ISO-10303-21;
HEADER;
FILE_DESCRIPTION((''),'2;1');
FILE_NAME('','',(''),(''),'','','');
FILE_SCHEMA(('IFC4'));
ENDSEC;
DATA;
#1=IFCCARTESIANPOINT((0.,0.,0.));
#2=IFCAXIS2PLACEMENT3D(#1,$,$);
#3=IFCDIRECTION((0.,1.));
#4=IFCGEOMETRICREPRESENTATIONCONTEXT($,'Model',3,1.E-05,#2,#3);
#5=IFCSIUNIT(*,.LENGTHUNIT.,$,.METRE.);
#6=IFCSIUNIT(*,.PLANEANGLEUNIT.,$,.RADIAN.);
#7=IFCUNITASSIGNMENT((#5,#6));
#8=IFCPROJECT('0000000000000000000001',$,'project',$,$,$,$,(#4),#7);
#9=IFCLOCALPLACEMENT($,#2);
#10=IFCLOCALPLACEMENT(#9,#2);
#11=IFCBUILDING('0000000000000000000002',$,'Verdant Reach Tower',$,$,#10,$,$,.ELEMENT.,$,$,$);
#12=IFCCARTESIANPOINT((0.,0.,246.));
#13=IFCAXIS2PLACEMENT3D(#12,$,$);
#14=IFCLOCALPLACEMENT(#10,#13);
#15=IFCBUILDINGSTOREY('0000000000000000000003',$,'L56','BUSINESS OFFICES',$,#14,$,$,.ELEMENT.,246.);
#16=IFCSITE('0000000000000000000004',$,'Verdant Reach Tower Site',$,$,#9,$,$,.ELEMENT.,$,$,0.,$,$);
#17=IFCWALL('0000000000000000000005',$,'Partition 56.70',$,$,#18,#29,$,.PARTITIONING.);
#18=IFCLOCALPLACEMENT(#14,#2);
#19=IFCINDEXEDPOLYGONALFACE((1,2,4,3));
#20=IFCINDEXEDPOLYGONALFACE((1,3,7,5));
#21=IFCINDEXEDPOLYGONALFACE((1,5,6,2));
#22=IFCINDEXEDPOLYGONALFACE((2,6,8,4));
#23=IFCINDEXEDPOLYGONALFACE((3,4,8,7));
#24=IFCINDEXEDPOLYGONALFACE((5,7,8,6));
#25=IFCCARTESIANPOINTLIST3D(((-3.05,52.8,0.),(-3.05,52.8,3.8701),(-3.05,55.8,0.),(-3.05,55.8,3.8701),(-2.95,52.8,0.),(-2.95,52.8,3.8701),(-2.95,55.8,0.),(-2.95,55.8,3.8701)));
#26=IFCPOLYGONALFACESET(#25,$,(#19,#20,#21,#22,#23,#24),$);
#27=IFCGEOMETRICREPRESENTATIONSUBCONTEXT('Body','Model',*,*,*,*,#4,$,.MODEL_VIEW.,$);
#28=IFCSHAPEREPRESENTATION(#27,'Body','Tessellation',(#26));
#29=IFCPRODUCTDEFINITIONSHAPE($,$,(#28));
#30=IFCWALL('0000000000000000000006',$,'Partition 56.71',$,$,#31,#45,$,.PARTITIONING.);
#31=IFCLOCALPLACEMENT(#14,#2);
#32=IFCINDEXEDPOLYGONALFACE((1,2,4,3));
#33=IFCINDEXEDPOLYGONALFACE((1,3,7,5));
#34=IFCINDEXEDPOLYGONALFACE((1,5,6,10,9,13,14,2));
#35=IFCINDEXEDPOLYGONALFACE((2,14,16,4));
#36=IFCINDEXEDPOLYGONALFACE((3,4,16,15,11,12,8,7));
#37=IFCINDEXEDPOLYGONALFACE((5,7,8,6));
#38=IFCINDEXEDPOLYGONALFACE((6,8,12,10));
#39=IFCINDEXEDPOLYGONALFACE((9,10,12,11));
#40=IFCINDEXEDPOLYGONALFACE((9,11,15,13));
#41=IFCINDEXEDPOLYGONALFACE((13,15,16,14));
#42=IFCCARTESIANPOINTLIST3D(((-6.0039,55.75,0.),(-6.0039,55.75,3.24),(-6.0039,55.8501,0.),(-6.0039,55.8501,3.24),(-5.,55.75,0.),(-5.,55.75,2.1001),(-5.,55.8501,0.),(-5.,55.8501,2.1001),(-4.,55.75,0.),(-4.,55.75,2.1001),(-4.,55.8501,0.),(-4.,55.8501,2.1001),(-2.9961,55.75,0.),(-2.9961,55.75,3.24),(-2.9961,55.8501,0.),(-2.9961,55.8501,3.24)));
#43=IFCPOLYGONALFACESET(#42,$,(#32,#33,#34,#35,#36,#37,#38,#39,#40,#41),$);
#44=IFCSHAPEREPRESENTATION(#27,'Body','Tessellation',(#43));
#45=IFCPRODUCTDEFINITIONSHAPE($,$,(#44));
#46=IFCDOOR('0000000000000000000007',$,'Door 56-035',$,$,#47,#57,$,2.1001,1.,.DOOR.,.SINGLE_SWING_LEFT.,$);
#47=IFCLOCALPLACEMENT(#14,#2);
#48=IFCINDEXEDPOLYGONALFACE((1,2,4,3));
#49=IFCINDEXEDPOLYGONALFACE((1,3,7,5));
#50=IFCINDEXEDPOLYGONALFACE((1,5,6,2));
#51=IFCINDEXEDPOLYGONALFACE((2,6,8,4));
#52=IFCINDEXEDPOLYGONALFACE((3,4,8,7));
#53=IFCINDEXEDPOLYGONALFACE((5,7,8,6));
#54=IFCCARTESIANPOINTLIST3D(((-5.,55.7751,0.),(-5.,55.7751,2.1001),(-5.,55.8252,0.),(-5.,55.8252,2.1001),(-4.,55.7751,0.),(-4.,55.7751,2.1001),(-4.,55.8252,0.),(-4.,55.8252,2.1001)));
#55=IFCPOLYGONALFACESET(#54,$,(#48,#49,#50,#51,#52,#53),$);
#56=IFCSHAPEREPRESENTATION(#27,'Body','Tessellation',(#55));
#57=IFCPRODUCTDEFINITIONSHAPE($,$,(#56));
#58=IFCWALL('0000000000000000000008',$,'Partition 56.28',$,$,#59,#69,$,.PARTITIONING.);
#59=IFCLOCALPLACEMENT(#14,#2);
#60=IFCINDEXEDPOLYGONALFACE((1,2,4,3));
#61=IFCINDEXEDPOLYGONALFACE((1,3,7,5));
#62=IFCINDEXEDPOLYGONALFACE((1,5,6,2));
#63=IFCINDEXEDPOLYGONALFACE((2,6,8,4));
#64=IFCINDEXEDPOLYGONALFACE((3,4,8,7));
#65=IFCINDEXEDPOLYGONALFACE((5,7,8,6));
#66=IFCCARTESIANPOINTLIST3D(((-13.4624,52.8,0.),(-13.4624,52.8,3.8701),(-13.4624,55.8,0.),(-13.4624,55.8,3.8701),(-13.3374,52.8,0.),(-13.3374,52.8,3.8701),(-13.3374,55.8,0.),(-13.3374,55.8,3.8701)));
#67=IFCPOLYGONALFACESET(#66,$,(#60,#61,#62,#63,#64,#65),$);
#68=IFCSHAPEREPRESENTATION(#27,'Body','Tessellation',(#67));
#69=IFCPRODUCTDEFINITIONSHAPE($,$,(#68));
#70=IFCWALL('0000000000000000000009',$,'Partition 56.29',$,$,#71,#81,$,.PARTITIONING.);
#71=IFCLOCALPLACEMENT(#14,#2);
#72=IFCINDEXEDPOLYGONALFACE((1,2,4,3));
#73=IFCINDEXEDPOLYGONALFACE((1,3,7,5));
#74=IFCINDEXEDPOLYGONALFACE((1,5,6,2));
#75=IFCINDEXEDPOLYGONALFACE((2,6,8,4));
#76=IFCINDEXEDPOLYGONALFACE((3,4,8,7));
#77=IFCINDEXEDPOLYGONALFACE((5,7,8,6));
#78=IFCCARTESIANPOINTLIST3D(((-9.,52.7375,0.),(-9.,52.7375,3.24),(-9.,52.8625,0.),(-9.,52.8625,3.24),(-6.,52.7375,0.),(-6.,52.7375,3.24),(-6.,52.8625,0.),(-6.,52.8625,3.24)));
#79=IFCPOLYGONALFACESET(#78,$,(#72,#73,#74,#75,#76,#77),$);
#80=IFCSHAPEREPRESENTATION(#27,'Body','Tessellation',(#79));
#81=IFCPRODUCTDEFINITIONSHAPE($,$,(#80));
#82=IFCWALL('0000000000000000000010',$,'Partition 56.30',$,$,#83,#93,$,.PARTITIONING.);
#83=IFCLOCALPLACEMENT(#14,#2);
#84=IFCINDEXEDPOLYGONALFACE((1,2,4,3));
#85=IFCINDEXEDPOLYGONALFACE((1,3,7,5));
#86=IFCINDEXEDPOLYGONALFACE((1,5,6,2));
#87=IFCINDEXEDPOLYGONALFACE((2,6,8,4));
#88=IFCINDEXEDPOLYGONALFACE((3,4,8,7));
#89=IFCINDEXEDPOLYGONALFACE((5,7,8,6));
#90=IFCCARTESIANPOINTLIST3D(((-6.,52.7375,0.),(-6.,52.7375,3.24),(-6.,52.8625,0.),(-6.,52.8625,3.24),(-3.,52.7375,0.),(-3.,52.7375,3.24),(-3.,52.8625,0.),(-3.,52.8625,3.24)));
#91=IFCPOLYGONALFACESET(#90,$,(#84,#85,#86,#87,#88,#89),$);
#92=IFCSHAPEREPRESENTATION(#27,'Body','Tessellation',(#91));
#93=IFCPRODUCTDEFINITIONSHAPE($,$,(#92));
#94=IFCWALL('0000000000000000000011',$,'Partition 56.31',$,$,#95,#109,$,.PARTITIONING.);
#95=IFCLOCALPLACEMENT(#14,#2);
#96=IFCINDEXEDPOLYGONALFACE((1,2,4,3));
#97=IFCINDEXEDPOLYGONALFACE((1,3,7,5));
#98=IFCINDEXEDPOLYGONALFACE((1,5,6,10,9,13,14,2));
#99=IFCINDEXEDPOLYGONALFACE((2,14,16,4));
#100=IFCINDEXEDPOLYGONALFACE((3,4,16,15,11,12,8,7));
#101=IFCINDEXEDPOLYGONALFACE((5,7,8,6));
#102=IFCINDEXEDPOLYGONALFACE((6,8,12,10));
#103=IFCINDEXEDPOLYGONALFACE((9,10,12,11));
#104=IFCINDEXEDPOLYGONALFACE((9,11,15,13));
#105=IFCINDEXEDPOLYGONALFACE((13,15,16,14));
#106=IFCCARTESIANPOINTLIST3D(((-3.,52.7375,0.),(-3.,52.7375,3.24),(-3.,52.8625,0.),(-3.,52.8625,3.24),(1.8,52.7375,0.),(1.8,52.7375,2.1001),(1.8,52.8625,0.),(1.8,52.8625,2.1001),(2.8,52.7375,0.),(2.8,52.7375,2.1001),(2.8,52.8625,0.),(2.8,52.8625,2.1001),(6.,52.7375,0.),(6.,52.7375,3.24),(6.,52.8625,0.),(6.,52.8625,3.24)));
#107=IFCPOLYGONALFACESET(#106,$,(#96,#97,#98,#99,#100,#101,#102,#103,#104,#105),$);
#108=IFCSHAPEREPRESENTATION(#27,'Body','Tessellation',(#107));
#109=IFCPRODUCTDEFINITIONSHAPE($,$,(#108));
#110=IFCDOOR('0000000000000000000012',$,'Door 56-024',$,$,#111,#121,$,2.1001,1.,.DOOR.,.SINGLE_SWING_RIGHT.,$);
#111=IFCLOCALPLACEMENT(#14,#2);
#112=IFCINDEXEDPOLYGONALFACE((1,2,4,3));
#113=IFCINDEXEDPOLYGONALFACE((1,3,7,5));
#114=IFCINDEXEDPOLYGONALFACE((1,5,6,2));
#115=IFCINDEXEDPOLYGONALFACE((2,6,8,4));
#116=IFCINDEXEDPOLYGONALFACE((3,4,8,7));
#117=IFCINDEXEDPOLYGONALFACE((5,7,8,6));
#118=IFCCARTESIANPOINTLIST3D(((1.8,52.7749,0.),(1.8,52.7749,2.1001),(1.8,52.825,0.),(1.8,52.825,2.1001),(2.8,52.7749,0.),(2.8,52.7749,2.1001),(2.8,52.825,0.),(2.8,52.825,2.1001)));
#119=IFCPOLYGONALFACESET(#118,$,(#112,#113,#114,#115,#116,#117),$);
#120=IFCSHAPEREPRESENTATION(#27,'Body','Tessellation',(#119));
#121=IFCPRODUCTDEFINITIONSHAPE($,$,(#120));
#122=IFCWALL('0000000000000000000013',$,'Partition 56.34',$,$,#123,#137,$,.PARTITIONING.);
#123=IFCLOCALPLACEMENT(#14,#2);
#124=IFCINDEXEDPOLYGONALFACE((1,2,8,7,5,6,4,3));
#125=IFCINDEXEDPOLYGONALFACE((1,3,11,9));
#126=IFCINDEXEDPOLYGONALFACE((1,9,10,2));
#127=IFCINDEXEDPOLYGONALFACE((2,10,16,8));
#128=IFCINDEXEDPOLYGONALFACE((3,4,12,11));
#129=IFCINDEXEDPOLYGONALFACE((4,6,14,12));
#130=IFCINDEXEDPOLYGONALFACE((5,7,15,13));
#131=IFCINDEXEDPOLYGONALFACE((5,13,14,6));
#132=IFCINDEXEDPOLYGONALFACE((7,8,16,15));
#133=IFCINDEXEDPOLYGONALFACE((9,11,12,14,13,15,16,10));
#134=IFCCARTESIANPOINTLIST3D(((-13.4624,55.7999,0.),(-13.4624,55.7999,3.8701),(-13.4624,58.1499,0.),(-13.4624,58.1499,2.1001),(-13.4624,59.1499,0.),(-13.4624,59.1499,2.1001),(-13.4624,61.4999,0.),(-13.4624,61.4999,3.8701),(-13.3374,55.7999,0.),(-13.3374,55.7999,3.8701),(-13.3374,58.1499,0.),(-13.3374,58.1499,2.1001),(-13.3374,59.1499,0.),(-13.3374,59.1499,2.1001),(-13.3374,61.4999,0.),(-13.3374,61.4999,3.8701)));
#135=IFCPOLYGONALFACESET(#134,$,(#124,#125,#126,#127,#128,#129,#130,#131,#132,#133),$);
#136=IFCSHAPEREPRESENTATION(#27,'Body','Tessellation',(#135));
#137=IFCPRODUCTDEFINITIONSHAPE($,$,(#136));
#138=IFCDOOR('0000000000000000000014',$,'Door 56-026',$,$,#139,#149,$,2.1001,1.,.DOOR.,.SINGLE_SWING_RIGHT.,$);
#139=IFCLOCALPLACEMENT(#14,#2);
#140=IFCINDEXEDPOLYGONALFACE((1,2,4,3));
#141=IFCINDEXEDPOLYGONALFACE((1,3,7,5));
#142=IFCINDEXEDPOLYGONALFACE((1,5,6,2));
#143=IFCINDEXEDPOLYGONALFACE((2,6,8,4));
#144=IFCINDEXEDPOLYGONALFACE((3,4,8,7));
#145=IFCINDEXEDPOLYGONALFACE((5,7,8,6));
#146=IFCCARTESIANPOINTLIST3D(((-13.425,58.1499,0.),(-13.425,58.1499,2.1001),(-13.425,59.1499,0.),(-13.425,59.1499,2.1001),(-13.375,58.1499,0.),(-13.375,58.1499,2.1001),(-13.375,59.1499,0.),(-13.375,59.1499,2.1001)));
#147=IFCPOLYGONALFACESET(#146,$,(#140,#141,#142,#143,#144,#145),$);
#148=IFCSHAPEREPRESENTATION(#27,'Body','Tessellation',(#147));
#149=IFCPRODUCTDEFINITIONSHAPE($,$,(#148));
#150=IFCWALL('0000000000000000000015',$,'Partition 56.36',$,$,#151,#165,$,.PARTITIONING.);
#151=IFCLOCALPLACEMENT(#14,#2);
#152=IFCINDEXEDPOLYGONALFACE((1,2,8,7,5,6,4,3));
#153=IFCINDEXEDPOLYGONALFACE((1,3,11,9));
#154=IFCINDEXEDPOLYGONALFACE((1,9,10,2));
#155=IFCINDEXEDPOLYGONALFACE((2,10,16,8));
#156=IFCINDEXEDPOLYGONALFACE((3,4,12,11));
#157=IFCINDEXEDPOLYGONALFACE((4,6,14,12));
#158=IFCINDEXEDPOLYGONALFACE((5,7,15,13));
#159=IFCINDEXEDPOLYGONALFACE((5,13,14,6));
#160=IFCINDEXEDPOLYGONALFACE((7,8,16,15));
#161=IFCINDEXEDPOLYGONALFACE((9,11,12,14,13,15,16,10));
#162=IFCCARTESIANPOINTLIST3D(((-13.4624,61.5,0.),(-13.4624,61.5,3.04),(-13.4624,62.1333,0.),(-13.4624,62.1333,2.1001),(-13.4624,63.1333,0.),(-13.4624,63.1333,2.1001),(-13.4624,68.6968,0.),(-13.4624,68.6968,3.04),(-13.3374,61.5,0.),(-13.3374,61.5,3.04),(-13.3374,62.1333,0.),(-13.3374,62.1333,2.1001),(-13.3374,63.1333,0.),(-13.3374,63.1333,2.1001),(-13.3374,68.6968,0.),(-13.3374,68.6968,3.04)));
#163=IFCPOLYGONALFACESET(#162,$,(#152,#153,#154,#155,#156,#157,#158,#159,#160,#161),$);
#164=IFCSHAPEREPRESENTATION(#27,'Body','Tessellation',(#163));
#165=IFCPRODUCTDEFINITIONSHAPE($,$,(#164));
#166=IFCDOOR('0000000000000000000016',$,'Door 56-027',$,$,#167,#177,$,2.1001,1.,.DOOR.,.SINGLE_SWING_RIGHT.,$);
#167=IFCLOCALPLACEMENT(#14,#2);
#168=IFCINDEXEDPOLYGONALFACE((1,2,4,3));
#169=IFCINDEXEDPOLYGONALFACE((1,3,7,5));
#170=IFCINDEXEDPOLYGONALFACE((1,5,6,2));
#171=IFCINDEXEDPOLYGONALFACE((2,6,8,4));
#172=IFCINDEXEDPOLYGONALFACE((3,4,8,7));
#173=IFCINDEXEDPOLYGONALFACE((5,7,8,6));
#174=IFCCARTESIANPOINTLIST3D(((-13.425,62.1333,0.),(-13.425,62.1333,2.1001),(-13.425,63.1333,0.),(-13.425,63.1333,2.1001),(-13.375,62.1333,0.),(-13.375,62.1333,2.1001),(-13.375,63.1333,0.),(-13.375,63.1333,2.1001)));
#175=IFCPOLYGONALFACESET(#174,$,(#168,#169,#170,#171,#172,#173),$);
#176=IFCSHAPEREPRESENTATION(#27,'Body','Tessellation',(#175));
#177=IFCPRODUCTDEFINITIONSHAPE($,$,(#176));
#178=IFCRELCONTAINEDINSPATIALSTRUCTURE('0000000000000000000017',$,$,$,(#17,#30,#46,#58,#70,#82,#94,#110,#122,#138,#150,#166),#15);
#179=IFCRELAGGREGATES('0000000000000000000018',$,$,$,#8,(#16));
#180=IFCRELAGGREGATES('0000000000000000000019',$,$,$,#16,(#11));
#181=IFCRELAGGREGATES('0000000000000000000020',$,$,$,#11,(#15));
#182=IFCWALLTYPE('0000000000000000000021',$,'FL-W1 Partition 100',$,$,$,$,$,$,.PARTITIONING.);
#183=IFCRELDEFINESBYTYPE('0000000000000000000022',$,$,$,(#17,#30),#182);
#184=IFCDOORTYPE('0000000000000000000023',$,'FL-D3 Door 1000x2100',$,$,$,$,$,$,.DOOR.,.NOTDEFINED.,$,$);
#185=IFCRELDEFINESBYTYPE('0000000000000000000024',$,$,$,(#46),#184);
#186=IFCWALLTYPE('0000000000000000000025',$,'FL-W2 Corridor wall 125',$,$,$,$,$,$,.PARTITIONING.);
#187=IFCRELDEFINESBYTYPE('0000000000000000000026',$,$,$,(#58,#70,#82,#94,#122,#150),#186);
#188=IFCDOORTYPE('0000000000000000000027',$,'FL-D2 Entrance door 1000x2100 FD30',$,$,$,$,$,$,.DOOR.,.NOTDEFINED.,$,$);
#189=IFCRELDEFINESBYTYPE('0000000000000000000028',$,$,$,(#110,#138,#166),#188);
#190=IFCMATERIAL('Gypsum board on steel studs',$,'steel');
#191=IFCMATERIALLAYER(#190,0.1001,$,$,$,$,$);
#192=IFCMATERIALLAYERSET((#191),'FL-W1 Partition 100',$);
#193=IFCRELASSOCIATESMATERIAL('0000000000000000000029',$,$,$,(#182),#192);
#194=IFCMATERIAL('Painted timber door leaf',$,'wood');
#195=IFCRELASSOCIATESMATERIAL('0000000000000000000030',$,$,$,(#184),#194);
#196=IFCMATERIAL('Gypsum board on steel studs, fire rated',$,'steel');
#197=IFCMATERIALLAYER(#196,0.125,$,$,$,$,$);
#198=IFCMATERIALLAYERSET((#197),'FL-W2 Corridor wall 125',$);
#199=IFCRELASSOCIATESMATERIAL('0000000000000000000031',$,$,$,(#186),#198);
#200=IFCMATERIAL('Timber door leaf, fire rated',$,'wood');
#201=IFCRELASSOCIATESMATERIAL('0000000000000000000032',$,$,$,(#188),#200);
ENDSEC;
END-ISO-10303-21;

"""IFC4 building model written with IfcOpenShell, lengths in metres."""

from ifc_helpers import new_model, si_unit, direction, frame, frame_2d, origin, place, context, subcontext, project, spatial, rectangle, extrude, material, layer, layer_set, type_object, element, fill, save


model = new_model("IFC4")

# Units and contexts
model_context = context("Model", 3, precision=1e-05, world=origin(), true_north=direction((0.0, 1.0)))
body_context = subcontext(model_context, "Body", "Model", "MODEL_VIEW")
ifc_project = project(units=[si_unit("LENGTHUNIT", "METRE"), si_unit("PLANEANGLEUNIT", "RADIAN")], contexts=[model_context])

# Site, building, storey
site_placement = place(None, origin())
site = spatial("IfcSite", under=ifc_project, at=site_placement, Name="Verdant Reach Tower Site", CompositionType="ELEMENT", RefElevation=0.0)
building_placement = place(site_placement, origin())
building = spatial("IfcBuilding", under=site, at=building_placement, Name="Verdant Reach Tower", CompositionType="ELEMENT")
storey_placement = place(building_placement, frame((0.0, 0.0, 246.0)))
storey = spatial("IfcBuildingStorey", under=building, at=storey_placement, Name="L56", Description="BUSINESS OFFICES", CompositionType="ELEMENT", Elevation=246.0)

# Shared definitions
ifc_material_1 = material(Name="Gypsum board on steel studs", Category="steel")
ifc_layer_1 = layer(ifc_material_1, 0.1001)
ifc_layer_set_1 = layer_set([ifc_layer_1], Name="FL-W1 Partition 100")
wall_type_1 = type_object("IfcWallType", Name="FL-W1 Partition 100", PredefinedType="PARTITIONING", material=ifc_layer_set_1)

# Shared definitions
ifc_material_2 = material(Name="Painted timber door leaf", Category="wood")
door_type_1 = type_object("IfcDoorType", Name="FL-D3 Door 1000x2100", OperationType="NOTDEFINED", PredefinedType="DOOR", material=ifc_material_2)

# Wall
wall_1_placement = place(storey_placement, frame((-3.0, 52.8, 0.0), z_axis=(0.0, 0.0, 1.0), x_axis=(0.0, 1.0, 0.0)))
element("IfcWall", 1, at=wall_1_placement, inside=storey, type_object=wall_type_1, Name="Partition 56.70", PredefinedType="PARTITIONING", context=body_context, shape_type="SweptSolid", body=[
    extrude(rectangle(XDim=3.0, YDim=0.1001, at=frame_2d((1.5, 0.0))), origin(), (0.0, 0.0, 1.0), 3.8701),
])

# Wall, opening, door
wall_2_placement = place(storey_placement, frame((-2.9961, 55.8, 0.0), z_axis=(0.0, 0.0, 1.0), x_axis=(-1.0, 0.0, 0.0)))
wall_2 = element("IfcWall", 2, at=wall_2_placement, inside=storey, type_object=wall_type_1, Name="Partition 56.71", PredefinedType="PARTITIONING", context=body_context, shape_type="SweptSolid", body=[
    extrude(rectangle(XDim=3.0078, YDim=0.1001, at=frame_2d((1.5039, 0.0))), origin(), (0.0, 0.0, 1.0), 3.24),
])
opening_1_placement = place(wall_2_placement, frame((1.0039, 0.0, 0.0)))
opening_1 = element("IfcOpeningElement", 3, at=opening_1_placement, cuts=wall_2, PredefinedType="OPENING", context=body_context, shape_type="SweptSolid", body=[
    extrude(rectangle(XDim=1.0, YDim=2.1001, at=frame_2d((0.5, 1.05))), frame((0.0, 0.0601, 0.0), z_axis=(0.0, -1.0, 0.0), x_axis=(1.0, 0.0, 0.0)), (0.0, 0.0, 1.0), 0.1201),
])
door_1_placement = place(opening_1_placement, origin())
door_1 = element("IfcDoor", 4, at=door_1_placement, inside=storey, type_object=door_type_1, Name="Door 56-035", OperationType="SINGLE_SWING_LEFT", OverallHeight=2.1001, OverallWidth=1.0, PredefinedType="DOOR", context=body_context, shape_type="SweptSolid", body=[
    extrude(rectangle(XDim=1.0, YDim=2.1001, at=frame_2d((0.5, 1.05))), frame((0.0, 0.0249, 0.0), z_axis=(0.0, -1.0, 0.0), x_axis=(1.0, 0.0, 0.0)), (0.0, 0.0, 1.0), 0.05),
])
fill(opening_1, door_1)

# Walls
ifc_material_3 = material(Name="Gypsum board on steel studs, fire rated", Category="steel")
ifc_layer_2 = layer(ifc_material_3, 0.125)
ifc_layer_set_2 = layer_set([ifc_layer_2], Name="FL-W2 Corridor wall 125")
wall_type_2 = type_object("IfcWallType", Name="FL-W2 Corridor wall 125", PredefinedType="PARTITIONING", material=ifc_layer_set_2)
wall_3_placement = place(storey_placement, frame((-13.3999, 52.8, 0.0), z_axis=(0.0, 0.0, 1.0), x_axis=(0.0, 1.0, 0.0)))
element("IfcWall", 5, at=wall_3_placement, inside=storey, type_object=wall_type_2, Name="Partition 56.28", PredefinedType="PARTITIONING", context=body_context, shape_type="SweptSolid", body=[
    extrude(rectangle(XDim=3.0, YDim=0.125, at=frame_2d((1.5, 0.0))), origin(), (0.0, 0.0, 1.0), 3.8701),
])
for number, where, z_axis, x_axis, name in (
    (6, (-6.0, 52.8, 0.0), (0.0, 0.0, 1.0), (-1.0, 0.0, 0.0), "Partition 56.29"),
    (7, (-3.0, 52.8, 0.0), (0.0, 0.0, 1.0), (-1.0, 0.0, 0.0), "Partition 56.30"),
):
    element("IfcWall", number, at=place(storey_placement, frame(where, z_axis=z_axis, x_axis=x_axis)), inside=storey, type_object=wall_type_2, Name=name, PredefinedType="PARTITIONING", context=body_context, shape_type="SweptSolid", body=[
        extrude(rectangle(XDim=3.0, YDim=0.125, at=frame_2d((1.5, 0.0))), origin(), (0.0, 0.0, 1.0), 3.24),
    ])

# Walls, openings, doors
wall_4_placement = place(storey_placement, frame((-3.0, 52.8, 0.0), z_axis=(0.0, 0.0, 1.0), x_axis=(1.0, 0.0, 0.0)))
wall_4 = element("IfcWall", 8, at=wall_4_placement, inside=storey, type_object=wall_type_2, Name="Partition 56.31", PredefinedType="PARTITIONING", context=body_context, shape_type="SweptSolid", body=[
    extrude(rectangle(XDim=9.0, YDim=0.125, at=frame_2d((4.5, 0.0))), origin(), (0.0, 0.0, 1.0), 3.24),
])
opening_2_placement = place(wall_4_placement, frame((4.8, 0.0, 0.0)))
opening_2 = element("IfcOpeningElement", 9, at=opening_2_placement, cuts=wall_4, PredefinedType="OPENING", context=body_context, shape_type="SweptSolid", body=[
    extrude(rectangle(XDim=1.0, YDim=2.1001, at=frame_2d((0.5, 1.05))), frame((0.0, 0.0725, 0.0), z_axis=(0.0, -1.0, 0.0), x_axis=(1.0, 0.0, 0.0)), (0.0, 0.0, 1.0), 0.145),
])
ifc_material_4 = material(Name="Timber door leaf, fire rated", Category="wood")
door_type_2 = type_object("IfcDoorType", Name="FL-D2 Entrance door 1000x2100 FD30", OperationType="NOTDEFINED", PredefinedType="DOOR", material=ifc_material_4)
door_2_placement = place(opening_2_placement, origin())
door_2 = element("IfcDoor", 10, at=door_2_placement, inside=storey, type_object=door_type_2, Name="Door 56-024", OperationType="SINGLE_SWING_RIGHT", OverallHeight=2.1001, OverallWidth=1.0, PredefinedType="DOOR", context=body_context, shape_type="SweptSolid", body=[
    extrude(rectangle(XDim=1.0, YDim=2.1001, at=frame_2d((0.5, 1.05))), frame((0.0, 0.0249, 0.0), z_axis=(0.0, -1.0, 0.0), x_axis=(1.0, 0.0, 0.0)), (0.0, 0.0, 1.0), 0.05),
])
fill(opening_2, door_2)
wall_5_placement = place(storey_placement, frame((-13.3999, 61.5, 0.0), z_axis=(0.0, 0.0, 1.0), x_axis=(0.0, -1.0, 0.0)))
wall_5 = element("IfcWall", 11, at=wall_5_placement, inside=storey, type_object=wall_type_2, Name="Partition 56.34", PredefinedType="PARTITIONING", context=body_context, shape_type="SweptSolid", body=[
    extrude(rectangle(XDim=5.7, YDim=0.125, at=frame_2d((2.8501, 0.0))), origin(), (0.0, 0.0, 1.0), 3.8701),
])
opening_3_placement = place(wall_5_placement, frame((2.3501, 0.0, 0.0)))
opening_3 = element("IfcOpeningElement", 12, at=opening_3_placement, cuts=wall_5, PredefinedType="OPENING", context=body_context, shape_type="SweptSolid", body=[
    extrude(rectangle(XDim=1.0, YDim=2.1001, at=frame_2d((0.5, 1.05))), frame((0.0, 0.0725, 0.0), z_axis=(0.0, -1.0, 0.0), x_axis=(1.0, 0.0, 0.0)), (0.0, 0.0, 1.0), 0.145),
])
door_3_placement = place(opening_3_placement, origin())
door_3 = element("IfcDoor", 13, at=door_3_placement, inside=storey, type_object=door_type_2, Name="Door 56-026", OperationType="SINGLE_SWING_RIGHT", OverallHeight=2.1001, OverallWidth=1.0, PredefinedType="DOOR", context=body_context, shape_type="SweptSolid", body=[
    extrude(rectangle(XDim=1.0, YDim=2.1001, at=frame_2d((0.5, 1.05))), frame((0.0, 0.0249, 0.0), z_axis=(0.0, -1.0, 0.0), x_axis=(1.0, 0.0, 0.0)), (0.0, 0.0, 1.0), 0.05),
])
fill(opening_3, door_3)
wall_6_placement = place(storey_placement, frame((-13.3999, 68.6968, 0.0), z_axis=(0.0, 0.0, 1.0), x_axis=(0.0, -1.0, 0.0)))
wall_6 = element("IfcWall", 14, at=wall_6_placement, inside=storey, type_object=wall_type_2, Name="Partition 56.36", PredefinedType="PARTITIONING", context=body_context, shape_type="SweptSolid", body=[
    extrude(rectangle(XDim=7.1968, YDim=0.125, at=frame_2d((3.5984, 0.0))), origin(), (0.0, 0.0, 1.0), 3.04),
])
opening_4_placement = place(wall_6_placement, frame((5.5635, 0.0, 0.0)))
opening_4 = element("IfcOpeningElement", 15, at=opening_4_placement, cuts=wall_6, PredefinedType="OPENING", context=body_context, shape_type="SweptSolid", body=[
    extrude(rectangle(XDim=1.0, YDim=2.1001, at=frame_2d((0.5, 1.05))), frame((0.0, 0.0725, 0.0), z_axis=(0.0, -1.0, 0.0), x_axis=(1.0, 0.0, 0.0)), (0.0, 0.0, 1.0), 0.145),
])
door_4_placement = place(opening_4_placement, origin())
door_4 = element("IfcDoor", 16, at=door_4_placement, inside=storey, type_object=door_type_2, Name="Door 56-027", OperationType="SINGLE_SWING_RIGHT", OverallHeight=2.1001, OverallWidth=1.0, PredefinedType="DOOR", context=body_context, shape_type="SweptSolid", body=[
    extrude(rectangle(XDim=1.0, YDim=2.1001, at=frame_2d((0.5, 1.05))), frame((0.0, 0.0249, 0.0), z_axis=(0.0, -1.0, 0.0), x_axis=(1.0, 0.0, 0.0)), (0.0, 0.0, 1.0), 0.05),
])
fill(opening_4, door_4)

save(model, "model.ifc")
